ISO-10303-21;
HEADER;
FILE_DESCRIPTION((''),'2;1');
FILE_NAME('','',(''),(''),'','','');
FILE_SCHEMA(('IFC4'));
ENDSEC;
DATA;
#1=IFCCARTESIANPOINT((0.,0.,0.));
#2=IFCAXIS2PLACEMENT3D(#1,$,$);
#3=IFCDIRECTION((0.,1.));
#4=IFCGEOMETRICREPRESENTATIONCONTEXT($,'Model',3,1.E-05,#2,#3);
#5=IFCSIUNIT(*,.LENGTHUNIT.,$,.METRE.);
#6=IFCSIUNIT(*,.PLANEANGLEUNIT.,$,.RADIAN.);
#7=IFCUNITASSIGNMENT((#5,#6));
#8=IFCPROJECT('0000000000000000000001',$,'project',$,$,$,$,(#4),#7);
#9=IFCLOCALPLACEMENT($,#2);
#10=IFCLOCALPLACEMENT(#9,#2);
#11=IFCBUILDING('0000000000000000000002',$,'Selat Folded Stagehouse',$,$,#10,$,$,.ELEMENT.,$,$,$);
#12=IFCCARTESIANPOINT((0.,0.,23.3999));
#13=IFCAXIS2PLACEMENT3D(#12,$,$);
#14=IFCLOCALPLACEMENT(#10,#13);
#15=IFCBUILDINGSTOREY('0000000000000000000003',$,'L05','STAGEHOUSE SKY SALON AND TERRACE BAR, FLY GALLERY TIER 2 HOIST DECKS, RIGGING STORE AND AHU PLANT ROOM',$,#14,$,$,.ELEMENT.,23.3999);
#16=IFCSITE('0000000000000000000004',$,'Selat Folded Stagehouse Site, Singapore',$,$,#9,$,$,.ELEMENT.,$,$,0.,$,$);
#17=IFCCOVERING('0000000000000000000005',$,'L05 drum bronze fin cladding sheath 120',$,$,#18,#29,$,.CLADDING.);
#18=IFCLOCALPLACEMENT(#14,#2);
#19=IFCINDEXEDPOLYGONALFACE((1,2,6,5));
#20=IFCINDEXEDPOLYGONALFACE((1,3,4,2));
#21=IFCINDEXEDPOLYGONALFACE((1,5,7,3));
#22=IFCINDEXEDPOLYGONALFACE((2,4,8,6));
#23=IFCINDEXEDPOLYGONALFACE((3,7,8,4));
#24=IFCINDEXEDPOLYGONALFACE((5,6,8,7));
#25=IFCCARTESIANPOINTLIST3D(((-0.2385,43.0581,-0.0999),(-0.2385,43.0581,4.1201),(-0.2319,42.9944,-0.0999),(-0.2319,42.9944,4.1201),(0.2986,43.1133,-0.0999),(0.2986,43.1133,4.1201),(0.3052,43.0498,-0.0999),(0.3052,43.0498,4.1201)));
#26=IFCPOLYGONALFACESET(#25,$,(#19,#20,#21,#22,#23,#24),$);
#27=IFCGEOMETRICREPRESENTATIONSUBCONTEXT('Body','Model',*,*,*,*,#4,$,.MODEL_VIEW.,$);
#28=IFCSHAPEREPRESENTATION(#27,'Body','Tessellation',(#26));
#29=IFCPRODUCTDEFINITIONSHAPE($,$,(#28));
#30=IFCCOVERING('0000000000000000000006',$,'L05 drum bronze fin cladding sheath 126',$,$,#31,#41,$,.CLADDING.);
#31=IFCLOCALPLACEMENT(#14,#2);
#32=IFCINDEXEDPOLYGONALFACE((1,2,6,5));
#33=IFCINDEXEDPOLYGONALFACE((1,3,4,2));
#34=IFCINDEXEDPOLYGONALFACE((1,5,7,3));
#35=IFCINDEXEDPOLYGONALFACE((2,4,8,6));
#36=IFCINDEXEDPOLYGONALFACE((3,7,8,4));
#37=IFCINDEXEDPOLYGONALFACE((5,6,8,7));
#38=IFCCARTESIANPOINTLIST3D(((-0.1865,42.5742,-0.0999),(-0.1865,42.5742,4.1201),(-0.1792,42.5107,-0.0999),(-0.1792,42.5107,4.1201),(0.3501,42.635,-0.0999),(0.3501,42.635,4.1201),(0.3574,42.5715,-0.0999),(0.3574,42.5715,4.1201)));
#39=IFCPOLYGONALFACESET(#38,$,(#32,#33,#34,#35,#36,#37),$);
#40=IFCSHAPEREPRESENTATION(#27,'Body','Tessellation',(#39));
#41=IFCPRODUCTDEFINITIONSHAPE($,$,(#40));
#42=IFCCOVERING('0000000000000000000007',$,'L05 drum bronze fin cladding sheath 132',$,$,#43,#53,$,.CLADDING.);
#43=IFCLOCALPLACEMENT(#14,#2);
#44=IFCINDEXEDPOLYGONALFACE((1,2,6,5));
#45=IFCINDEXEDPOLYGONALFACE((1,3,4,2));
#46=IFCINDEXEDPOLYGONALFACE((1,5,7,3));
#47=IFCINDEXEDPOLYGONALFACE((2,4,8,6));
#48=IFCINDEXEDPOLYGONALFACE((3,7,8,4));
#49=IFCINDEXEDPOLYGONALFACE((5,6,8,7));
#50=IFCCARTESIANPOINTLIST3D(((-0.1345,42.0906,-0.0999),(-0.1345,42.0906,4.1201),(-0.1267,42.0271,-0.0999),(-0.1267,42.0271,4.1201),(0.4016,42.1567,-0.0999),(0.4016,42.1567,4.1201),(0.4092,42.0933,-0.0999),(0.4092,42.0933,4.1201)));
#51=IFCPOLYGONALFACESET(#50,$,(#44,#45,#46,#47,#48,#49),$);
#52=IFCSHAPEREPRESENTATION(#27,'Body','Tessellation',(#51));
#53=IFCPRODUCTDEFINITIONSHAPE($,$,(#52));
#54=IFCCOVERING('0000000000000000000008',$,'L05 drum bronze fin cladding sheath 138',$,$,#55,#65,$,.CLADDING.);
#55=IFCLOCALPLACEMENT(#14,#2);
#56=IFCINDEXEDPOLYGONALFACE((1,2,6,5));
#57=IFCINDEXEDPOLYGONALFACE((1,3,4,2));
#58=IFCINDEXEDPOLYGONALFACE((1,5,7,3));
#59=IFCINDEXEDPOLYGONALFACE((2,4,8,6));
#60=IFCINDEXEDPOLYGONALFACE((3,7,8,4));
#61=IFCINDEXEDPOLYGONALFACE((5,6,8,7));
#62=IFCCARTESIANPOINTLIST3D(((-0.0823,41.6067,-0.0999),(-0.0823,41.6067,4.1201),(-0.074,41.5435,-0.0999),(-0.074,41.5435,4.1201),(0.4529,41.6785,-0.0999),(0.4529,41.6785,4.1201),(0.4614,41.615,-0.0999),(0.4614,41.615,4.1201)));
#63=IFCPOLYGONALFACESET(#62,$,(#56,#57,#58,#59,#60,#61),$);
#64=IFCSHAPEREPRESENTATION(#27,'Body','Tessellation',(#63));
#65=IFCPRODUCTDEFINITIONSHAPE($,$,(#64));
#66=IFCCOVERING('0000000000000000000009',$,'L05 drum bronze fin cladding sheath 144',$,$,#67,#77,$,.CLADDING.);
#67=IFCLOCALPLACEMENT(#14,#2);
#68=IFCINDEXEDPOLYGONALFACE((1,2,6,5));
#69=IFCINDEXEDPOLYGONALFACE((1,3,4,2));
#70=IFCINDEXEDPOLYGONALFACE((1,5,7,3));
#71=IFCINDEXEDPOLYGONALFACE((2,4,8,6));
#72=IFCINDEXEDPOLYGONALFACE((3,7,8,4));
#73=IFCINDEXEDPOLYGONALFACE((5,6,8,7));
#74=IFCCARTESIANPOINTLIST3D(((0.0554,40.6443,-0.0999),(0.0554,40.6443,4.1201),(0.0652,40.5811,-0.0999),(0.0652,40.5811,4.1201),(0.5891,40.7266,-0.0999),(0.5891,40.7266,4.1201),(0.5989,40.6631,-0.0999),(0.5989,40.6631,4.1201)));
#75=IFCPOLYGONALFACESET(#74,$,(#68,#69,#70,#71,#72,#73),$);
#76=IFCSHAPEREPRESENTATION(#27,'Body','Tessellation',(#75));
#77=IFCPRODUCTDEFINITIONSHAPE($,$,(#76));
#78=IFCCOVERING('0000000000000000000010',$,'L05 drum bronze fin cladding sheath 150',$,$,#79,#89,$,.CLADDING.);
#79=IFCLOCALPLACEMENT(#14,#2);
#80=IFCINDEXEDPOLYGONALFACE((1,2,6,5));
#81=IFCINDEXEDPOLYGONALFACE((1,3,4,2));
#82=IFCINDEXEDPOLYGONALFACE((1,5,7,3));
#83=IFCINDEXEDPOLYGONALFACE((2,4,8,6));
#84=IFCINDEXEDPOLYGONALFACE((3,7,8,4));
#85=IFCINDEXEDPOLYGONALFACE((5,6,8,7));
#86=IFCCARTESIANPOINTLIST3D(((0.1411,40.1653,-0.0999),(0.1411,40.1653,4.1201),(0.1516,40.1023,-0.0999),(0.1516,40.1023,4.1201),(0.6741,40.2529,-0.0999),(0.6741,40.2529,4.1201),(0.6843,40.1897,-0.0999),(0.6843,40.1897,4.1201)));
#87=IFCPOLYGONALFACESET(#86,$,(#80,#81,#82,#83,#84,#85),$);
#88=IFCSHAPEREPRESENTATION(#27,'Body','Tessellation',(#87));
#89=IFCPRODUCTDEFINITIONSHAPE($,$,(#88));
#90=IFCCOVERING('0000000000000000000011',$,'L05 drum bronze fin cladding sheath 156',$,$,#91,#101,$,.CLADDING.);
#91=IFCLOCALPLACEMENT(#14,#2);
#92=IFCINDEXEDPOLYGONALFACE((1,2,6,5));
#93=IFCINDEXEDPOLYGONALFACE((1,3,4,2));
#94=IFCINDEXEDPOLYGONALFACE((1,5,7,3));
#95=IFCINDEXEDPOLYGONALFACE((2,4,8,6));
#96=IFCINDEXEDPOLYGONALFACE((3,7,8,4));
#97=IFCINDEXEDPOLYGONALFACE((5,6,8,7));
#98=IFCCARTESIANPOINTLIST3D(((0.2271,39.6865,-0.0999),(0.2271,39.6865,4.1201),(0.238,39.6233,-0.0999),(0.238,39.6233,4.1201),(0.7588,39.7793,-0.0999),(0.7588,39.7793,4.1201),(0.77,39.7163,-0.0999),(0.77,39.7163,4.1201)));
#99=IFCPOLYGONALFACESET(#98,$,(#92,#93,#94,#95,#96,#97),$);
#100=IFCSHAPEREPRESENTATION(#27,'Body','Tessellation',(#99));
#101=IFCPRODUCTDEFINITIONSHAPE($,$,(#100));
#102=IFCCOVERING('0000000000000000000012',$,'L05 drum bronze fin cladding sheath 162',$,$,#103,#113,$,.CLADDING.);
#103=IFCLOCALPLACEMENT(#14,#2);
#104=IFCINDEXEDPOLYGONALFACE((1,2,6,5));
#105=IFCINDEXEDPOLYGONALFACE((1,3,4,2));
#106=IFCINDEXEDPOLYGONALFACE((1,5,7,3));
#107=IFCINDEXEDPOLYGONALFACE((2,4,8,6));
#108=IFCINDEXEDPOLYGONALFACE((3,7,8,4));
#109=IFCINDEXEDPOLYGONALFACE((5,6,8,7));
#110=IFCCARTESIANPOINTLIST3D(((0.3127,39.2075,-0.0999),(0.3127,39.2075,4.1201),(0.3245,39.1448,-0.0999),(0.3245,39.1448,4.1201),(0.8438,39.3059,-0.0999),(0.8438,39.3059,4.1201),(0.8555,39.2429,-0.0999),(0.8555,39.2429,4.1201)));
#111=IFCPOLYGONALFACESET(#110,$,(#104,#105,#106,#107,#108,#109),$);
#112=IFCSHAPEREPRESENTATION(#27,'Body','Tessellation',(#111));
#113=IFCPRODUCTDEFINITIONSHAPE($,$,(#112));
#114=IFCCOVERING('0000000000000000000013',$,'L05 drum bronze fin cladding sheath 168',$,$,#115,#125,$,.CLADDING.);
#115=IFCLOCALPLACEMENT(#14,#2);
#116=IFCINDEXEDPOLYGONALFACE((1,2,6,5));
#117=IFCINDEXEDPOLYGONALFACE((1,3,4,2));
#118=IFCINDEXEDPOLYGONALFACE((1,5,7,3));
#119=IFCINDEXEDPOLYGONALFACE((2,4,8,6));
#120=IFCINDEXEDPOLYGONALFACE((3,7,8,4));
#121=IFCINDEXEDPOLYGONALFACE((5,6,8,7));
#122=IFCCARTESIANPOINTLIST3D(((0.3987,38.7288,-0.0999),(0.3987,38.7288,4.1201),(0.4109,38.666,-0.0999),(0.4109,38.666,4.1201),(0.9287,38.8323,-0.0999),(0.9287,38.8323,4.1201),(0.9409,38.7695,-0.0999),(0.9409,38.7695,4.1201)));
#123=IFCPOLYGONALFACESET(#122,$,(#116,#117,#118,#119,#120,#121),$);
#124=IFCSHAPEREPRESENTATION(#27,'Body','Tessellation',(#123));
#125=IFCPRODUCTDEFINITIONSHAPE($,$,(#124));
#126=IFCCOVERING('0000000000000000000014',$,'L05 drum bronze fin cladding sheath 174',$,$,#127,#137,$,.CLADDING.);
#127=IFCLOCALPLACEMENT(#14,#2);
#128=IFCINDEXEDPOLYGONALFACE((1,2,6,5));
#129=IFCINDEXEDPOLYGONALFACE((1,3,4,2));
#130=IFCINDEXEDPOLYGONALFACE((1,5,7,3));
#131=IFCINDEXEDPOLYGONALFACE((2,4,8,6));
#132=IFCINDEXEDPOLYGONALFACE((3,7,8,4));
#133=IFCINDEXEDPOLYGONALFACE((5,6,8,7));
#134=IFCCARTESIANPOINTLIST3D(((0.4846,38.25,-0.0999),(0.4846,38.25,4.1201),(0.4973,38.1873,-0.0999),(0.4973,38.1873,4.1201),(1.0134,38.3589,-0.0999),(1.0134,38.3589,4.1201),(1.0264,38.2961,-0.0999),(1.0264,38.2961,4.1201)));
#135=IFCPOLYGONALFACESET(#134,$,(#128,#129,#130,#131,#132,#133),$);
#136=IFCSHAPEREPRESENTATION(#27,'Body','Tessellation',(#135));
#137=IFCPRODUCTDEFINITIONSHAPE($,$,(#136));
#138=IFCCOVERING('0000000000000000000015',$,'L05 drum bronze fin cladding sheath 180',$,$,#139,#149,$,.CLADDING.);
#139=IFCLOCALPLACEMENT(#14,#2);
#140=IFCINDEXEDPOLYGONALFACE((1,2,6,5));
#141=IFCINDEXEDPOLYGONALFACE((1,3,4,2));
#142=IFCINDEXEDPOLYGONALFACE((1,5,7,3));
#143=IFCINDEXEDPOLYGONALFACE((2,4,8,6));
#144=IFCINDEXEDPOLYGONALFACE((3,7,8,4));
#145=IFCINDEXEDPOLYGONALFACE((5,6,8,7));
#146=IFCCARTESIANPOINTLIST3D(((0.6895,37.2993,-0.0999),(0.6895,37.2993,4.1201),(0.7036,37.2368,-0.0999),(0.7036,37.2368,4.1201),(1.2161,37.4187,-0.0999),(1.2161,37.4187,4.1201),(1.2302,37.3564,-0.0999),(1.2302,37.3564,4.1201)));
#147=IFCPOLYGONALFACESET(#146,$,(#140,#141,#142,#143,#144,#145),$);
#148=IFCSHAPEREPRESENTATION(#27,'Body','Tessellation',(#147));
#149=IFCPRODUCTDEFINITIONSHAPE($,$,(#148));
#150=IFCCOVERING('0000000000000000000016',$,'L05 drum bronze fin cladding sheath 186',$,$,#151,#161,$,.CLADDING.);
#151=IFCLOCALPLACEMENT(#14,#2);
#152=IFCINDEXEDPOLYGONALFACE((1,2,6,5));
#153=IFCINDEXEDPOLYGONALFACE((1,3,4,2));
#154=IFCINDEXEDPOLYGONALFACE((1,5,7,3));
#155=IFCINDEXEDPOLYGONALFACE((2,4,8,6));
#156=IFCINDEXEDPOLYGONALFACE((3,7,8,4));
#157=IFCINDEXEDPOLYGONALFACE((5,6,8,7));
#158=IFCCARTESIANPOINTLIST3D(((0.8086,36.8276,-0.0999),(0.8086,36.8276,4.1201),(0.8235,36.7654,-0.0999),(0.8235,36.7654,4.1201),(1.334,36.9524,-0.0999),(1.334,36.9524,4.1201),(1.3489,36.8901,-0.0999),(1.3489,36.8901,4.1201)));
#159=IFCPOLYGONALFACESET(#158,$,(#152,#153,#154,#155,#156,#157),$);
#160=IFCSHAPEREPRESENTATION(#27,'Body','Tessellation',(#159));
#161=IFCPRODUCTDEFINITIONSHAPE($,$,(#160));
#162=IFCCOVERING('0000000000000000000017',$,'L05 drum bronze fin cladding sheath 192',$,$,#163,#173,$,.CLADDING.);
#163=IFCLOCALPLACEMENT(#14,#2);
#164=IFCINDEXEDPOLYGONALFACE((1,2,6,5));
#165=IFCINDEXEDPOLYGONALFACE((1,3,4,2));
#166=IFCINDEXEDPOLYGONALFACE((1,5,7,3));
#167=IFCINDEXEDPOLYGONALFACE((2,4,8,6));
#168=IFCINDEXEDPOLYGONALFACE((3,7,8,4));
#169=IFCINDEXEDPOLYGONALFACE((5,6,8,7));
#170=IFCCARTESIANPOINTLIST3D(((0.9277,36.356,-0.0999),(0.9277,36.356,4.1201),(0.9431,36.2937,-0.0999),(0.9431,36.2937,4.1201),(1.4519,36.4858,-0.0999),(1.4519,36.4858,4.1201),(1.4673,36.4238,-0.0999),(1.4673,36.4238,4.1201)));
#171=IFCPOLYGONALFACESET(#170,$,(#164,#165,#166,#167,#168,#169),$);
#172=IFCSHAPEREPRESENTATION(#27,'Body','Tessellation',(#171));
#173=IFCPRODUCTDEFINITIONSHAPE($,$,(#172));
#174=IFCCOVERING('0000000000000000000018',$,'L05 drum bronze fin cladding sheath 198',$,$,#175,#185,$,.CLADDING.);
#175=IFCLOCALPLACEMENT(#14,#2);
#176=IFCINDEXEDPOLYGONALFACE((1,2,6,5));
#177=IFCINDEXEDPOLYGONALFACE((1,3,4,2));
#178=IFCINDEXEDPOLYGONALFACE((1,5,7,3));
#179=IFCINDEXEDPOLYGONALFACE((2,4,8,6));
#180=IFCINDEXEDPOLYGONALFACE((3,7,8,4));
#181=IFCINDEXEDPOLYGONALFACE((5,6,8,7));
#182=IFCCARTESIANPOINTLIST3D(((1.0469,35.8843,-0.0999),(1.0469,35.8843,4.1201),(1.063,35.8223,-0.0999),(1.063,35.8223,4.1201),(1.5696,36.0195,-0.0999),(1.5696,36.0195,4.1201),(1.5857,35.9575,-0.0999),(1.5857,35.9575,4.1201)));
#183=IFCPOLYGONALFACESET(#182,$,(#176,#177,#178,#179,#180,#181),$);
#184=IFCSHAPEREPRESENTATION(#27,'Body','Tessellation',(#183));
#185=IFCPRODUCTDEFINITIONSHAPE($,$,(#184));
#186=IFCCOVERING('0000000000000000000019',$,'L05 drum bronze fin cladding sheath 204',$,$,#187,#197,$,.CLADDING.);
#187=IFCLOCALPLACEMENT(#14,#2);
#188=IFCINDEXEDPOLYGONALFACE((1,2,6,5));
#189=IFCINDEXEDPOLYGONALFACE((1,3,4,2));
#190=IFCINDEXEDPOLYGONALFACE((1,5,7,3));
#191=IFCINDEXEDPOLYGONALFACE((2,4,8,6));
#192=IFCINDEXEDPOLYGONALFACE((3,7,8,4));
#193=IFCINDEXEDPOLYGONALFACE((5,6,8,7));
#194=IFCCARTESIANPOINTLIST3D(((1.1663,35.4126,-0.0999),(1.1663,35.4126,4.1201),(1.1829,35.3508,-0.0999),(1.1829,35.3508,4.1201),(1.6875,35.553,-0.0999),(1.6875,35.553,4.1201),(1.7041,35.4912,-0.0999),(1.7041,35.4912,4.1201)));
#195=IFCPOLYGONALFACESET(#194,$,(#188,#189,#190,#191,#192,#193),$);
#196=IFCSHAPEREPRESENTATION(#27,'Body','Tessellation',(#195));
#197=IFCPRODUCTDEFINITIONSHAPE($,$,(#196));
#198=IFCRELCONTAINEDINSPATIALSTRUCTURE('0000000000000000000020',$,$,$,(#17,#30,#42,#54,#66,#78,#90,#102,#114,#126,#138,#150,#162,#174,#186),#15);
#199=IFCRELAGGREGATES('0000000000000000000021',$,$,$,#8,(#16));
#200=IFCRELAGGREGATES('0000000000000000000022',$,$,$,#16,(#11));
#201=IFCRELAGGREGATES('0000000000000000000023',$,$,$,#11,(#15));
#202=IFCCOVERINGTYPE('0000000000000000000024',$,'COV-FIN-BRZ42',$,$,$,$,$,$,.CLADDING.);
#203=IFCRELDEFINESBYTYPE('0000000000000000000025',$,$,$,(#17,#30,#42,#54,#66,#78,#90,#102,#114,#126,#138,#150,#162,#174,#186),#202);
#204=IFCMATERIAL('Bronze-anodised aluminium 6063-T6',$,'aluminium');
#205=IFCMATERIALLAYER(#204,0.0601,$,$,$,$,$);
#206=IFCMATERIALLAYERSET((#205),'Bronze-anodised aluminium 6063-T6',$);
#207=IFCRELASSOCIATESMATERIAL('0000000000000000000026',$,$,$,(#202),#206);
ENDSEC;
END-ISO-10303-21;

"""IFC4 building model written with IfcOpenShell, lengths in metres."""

from ifc_helpers import new_model, si_unit, direction, frame, origin, place, context, subcontext, project, spatial, polyline, outline, extrude, material, layer, layer_set, type_object, element, save


model = new_model("IFC4")

# Units and contexts
model_context = context("Model", 3, precision=1e-05, world=origin(), true_north=direction((0.0, 1.0)))
body_context = subcontext(model_context, "Body", "Model", "MODEL_VIEW")
ifc_project = project(units=[si_unit("LENGTHUNIT", "METRE"), si_unit("PLANEANGLEUNIT", "RADIAN")], contexts=[model_context])

# Site, building, storey
site_placement = place(None, origin())
site = spatial("IfcSite", under=ifc_project, at=site_placement, Name="Selat Folded Stagehouse Site, Singapore", CompositionType="ELEMENT", RefElevation=0.0)
building_placement = place(site_placement, origin())
building = spatial("IfcBuilding", under=site, at=building_placement, Name="Selat Folded Stagehouse", CompositionType="ELEMENT")
storey_placement = place(building_placement, frame((0.0, 0.0, 23.3999)))
storey = spatial("IfcBuildingStorey", under=building, at=storey_placement, Name="L05", Description="STAGEHOUSE SKY SALON AND TERRACE BAR, FLY GALLERY TIER 2 HOIST DECKS, RIGGING STORE AND AHU PLANT ROOM", CompositionType="ELEMENT", Elevation=23.3999)

# Coverings
ifc_material = material(Name="Bronze-anodised aluminium 6063-T6", Category="aluminium")
ifc_layer = layer(ifc_material, 0.0601)
ifc_layer_set = layer_set([ifc_layer], Name="Bronze-anodised aluminium 6063-T6")
covering_type = type_object("IfcCoveringType", Name="COV-FIN-BRZ42", PredefinedType="CLADDING", material=ifc_layer_set)
covering_1_placement = place(storey_placement, frame((0.0, 0.0, -0.0999)))
element("IfcCovering", 1, at=covering_1_placement, inside=storey, type_object=covering_type, Name="L05 drum bronze fin cladding sheath 120", PredefinedType="CLADDING", context=body_context, shape_type="SweptSolid", body=[
    extrude(outline(polyline([(0.2986, 43.1133), (-0.2385, 43.0581), (-0.2319, 42.9944), (0.3052, 43.0498), (0.2986, 43.1133)])), origin(), (0.0, 0.0, 1.0), 4.22),
])
covering_2_placement = place(storey_placement, frame((0.0, 0.0, -0.0999)))
element("IfcCovering", 2, at=covering_2_placement, inside=storey, type_object=covering_type, Name="L05 drum bronze fin cladding sheath 126", PredefinedType="CLADDING", context=body_context, shape_type="SweptSolid", body=[
    extrude(outline(polyline([(0.3501, 42.635), (-0.1865, 42.5742), (-0.1792, 42.5107), (0.3574, 42.5715), (0.3501, 42.635)])), origin(), (0.0, 0.0, 1.0), 4.22),
])
covering_3_placement = place(storey_placement, frame((0.0, 0.0, -0.0999)))
element("IfcCovering", 3, at=covering_3_placement, inside=storey, type_object=covering_type, Name="L05 drum bronze fin cladding sheath 132", PredefinedType="CLADDING", context=body_context, shape_type="SweptSolid", body=[
    extrude(outline(polyline([(0.4016, 42.1567), (-0.1345, 42.0906), (-0.1267, 42.0271), (0.4092, 42.0933), (0.4016, 42.1567)])), origin(), (0.0, 0.0, 1.0), 4.22),
])
covering_4_placement = place(storey_placement, frame((0.0, 0.0, -0.0999)))
element("IfcCovering", 4, at=covering_4_placement, inside=storey, type_object=covering_type, Name="L05 drum bronze fin cladding sheath 138", PredefinedType="CLADDING", context=body_context, shape_type="SweptSolid", body=[
    extrude(outline(polyline([(0.4529, 41.6785), (-0.0823, 41.6067), (-0.074, 41.5435), (0.4614, 41.615), (0.4529, 41.6785)])), origin(), (0.0, 0.0, 1.0), 4.22),
])
covering_5_placement = place(storey_placement, frame((0.0, 0.0, -0.0999)))
element("IfcCovering", 5, at=covering_5_placement, inside=storey, type_object=covering_type, Name="L05 drum bronze fin cladding sheath 144", PredefinedType="CLADDING", context=body_context, shape_type="SweptSolid", body=[
    extrude(outline(polyline([(0.5891, 40.7266), (0.0554, 40.6443), (0.0652, 40.5811), (0.5989, 40.6631), (0.5891, 40.7266)])), origin(), (0.0, 0.0, 1.0), 4.22),
])
covering_6_placement = place(storey_placement, frame((0.0, 0.0, -0.0999)))
element("IfcCovering", 6, at=covering_6_placement, inside=storey, type_object=covering_type, Name="L05 drum bronze fin cladding sheath 150", PredefinedType="CLADDING", context=body_context, shape_type="SweptSolid", body=[
    extrude(outline(polyline([(0.6741, 40.2529), (0.1411, 40.1653), (0.1516, 40.1023), (0.6843, 40.1897), (0.6741, 40.2529)])), origin(), (0.0, 0.0, 1.0), 4.22),
])
covering_7_placement = place(storey_placement, frame((0.0, 0.0, -0.0999)))
element("IfcCovering", 7, at=covering_7_placement, inside=storey, type_object=covering_type, Name="L05 drum bronze fin cladding sheath 156", PredefinedType="CLADDING", context=body_context, shape_type="SweptSolid", body=[
    extrude(outline(polyline([(0.7588, 39.7793), (0.2271, 39.6865), (0.238, 39.6233), (0.77, 39.7163), (0.7588, 39.7793)])), origin(), (0.0, 0.0, 1.0), 4.22),
])
covering_8_placement = place(storey_placement, frame((0.0, 0.0, -0.0999)))
element("IfcCovering", 8, at=covering_8_placement, inside=storey, type_object=covering_type, Name="L05 drum bronze fin cladding sheath 162", PredefinedType="CLADDING", context=body_context, shape_type="SweptSolid", body=[
    extrude(outline(polyline([(0.8438, 39.3059), (0.3127, 39.2075), (0.3245, 39.1448), (0.8555, 39.2429), (0.8438, 39.3059)])), origin(), (0.0, 0.0, 1.0), 4.22),
])
covering_9_placement = place(storey_placement, frame((0.0, 0.0, -0.0999)))
element("IfcCovering", 9, at=covering_9_placement, inside=storey, type_object=covering_type, Name="L05 drum bronze fin cladding sheath 168", PredefinedType="CLADDING", context=body_context, shape_type="SweptSolid", body=[
    extrude(outline(polyline([(0.9287, 38.8323), (0.3987, 38.7288), (0.4109, 38.666), (0.9409, 38.7695), (0.9287, 38.8323)])), origin(), (0.0, 0.0, 1.0), 4.22),
])
covering_10_placement = place(storey_placement, frame((0.0, 0.0, -0.0999)))
element("IfcCovering", 10, at=covering_10_placement, inside=storey, type_object=covering_type, Name="L05 drum bronze fin cladding sheath 174", PredefinedType="CLADDING", context=body_context, shape_type="SweptSolid", body=[
    extrude(outline(polyline([(1.0134, 38.3589), (0.4846, 38.25), (0.4973, 38.1873), (1.0264, 38.2961), (1.0134, 38.3589)])), origin(), (0.0, 0.0, 1.0), 4.22),
])
covering_11_placement = place(storey_placement, frame((0.0, 0.0, -0.0999)))
element("IfcCovering", 11, at=covering_11_placement, inside=storey, type_object=covering_type, Name="L05 drum bronze fin cladding sheath 180", PredefinedType="CLADDING", context=body_context, shape_type="SweptSolid", body=[
    extrude(outline(polyline([(1.2161, 37.4187), (0.6895, 37.2993), (0.7036, 37.2368), (1.2302, 37.3564), (1.2161, 37.4187)])), origin(), (0.0, 0.0, 1.0), 4.22),
])
covering_12_placement = place(storey_placement, frame((0.0, 0.0, -0.0999)))
element("IfcCovering", 12, at=covering_12_placement, inside=storey, type_object=covering_type, Name="L05 drum bronze fin cladding sheath 186", PredefinedType="CLADDING", context=body_context, shape_type="SweptSolid", body=[
    extrude(outline(polyline([(1.334, 36.9524), (0.8086, 36.8276), (0.8235, 36.7654), (1.3489, 36.8901), (1.334, 36.9524)])), origin(), (0.0, 0.0, 1.0), 4.22),
])
covering_13_placement = place(storey_placement, frame((0.0, 0.0, -0.0999)))
element("IfcCovering", 13, at=covering_13_placement, inside=storey, type_object=covering_type, Name="L05 drum bronze fin cladding sheath 192", PredefinedType="CLADDING", context=body_context, shape_type="SweptSolid", body=[
    extrude(outline(polyline([(1.4519, 36.4858), (0.9277, 36.356), (0.9431, 36.2937), (1.4673, 36.4238), (1.4519, 36.4858)])), origin(), (0.0, 0.0, 1.0), 4.22),
])
covering_14_placement = place(storey_placement, frame((0.0, 0.0, -0.0999)))
element("IfcCovering", 14, at=covering_14_placement, inside=storey, type_object=covering_type, Name="L05 drum bronze fin cladding sheath 198", PredefinedType="CLADDING", context=body_context, shape_type="SweptSolid", body=[
    extrude(outline(polyline([(1.5696, 36.0195), (1.0469, 35.8843), (1.063, 35.8223), (1.5857, 35.9575), (1.5696, 36.0195)])), origin(), (0.0, 0.0, 1.0), 4.22),
])
covering_15_placement = place(storey_placement, frame((0.0, 0.0, -0.0999)))
element("IfcCovering", 15, at=covering_15_placement, inside=storey, type_object=covering_type, Name="L05 drum bronze fin cladding sheath 204", PredefinedType="CLADDING", context=body_context, shape_type="SweptSolid", body=[
    extrude(outline(polyline([(1.6875, 35.553), (1.1663, 35.4126), (1.1829, 35.3508), (1.7041, 35.4912), (1.6875, 35.553)])), origin(), (0.0, 0.0, 1.0), 4.22),
])

save(model, "model.ifc")
